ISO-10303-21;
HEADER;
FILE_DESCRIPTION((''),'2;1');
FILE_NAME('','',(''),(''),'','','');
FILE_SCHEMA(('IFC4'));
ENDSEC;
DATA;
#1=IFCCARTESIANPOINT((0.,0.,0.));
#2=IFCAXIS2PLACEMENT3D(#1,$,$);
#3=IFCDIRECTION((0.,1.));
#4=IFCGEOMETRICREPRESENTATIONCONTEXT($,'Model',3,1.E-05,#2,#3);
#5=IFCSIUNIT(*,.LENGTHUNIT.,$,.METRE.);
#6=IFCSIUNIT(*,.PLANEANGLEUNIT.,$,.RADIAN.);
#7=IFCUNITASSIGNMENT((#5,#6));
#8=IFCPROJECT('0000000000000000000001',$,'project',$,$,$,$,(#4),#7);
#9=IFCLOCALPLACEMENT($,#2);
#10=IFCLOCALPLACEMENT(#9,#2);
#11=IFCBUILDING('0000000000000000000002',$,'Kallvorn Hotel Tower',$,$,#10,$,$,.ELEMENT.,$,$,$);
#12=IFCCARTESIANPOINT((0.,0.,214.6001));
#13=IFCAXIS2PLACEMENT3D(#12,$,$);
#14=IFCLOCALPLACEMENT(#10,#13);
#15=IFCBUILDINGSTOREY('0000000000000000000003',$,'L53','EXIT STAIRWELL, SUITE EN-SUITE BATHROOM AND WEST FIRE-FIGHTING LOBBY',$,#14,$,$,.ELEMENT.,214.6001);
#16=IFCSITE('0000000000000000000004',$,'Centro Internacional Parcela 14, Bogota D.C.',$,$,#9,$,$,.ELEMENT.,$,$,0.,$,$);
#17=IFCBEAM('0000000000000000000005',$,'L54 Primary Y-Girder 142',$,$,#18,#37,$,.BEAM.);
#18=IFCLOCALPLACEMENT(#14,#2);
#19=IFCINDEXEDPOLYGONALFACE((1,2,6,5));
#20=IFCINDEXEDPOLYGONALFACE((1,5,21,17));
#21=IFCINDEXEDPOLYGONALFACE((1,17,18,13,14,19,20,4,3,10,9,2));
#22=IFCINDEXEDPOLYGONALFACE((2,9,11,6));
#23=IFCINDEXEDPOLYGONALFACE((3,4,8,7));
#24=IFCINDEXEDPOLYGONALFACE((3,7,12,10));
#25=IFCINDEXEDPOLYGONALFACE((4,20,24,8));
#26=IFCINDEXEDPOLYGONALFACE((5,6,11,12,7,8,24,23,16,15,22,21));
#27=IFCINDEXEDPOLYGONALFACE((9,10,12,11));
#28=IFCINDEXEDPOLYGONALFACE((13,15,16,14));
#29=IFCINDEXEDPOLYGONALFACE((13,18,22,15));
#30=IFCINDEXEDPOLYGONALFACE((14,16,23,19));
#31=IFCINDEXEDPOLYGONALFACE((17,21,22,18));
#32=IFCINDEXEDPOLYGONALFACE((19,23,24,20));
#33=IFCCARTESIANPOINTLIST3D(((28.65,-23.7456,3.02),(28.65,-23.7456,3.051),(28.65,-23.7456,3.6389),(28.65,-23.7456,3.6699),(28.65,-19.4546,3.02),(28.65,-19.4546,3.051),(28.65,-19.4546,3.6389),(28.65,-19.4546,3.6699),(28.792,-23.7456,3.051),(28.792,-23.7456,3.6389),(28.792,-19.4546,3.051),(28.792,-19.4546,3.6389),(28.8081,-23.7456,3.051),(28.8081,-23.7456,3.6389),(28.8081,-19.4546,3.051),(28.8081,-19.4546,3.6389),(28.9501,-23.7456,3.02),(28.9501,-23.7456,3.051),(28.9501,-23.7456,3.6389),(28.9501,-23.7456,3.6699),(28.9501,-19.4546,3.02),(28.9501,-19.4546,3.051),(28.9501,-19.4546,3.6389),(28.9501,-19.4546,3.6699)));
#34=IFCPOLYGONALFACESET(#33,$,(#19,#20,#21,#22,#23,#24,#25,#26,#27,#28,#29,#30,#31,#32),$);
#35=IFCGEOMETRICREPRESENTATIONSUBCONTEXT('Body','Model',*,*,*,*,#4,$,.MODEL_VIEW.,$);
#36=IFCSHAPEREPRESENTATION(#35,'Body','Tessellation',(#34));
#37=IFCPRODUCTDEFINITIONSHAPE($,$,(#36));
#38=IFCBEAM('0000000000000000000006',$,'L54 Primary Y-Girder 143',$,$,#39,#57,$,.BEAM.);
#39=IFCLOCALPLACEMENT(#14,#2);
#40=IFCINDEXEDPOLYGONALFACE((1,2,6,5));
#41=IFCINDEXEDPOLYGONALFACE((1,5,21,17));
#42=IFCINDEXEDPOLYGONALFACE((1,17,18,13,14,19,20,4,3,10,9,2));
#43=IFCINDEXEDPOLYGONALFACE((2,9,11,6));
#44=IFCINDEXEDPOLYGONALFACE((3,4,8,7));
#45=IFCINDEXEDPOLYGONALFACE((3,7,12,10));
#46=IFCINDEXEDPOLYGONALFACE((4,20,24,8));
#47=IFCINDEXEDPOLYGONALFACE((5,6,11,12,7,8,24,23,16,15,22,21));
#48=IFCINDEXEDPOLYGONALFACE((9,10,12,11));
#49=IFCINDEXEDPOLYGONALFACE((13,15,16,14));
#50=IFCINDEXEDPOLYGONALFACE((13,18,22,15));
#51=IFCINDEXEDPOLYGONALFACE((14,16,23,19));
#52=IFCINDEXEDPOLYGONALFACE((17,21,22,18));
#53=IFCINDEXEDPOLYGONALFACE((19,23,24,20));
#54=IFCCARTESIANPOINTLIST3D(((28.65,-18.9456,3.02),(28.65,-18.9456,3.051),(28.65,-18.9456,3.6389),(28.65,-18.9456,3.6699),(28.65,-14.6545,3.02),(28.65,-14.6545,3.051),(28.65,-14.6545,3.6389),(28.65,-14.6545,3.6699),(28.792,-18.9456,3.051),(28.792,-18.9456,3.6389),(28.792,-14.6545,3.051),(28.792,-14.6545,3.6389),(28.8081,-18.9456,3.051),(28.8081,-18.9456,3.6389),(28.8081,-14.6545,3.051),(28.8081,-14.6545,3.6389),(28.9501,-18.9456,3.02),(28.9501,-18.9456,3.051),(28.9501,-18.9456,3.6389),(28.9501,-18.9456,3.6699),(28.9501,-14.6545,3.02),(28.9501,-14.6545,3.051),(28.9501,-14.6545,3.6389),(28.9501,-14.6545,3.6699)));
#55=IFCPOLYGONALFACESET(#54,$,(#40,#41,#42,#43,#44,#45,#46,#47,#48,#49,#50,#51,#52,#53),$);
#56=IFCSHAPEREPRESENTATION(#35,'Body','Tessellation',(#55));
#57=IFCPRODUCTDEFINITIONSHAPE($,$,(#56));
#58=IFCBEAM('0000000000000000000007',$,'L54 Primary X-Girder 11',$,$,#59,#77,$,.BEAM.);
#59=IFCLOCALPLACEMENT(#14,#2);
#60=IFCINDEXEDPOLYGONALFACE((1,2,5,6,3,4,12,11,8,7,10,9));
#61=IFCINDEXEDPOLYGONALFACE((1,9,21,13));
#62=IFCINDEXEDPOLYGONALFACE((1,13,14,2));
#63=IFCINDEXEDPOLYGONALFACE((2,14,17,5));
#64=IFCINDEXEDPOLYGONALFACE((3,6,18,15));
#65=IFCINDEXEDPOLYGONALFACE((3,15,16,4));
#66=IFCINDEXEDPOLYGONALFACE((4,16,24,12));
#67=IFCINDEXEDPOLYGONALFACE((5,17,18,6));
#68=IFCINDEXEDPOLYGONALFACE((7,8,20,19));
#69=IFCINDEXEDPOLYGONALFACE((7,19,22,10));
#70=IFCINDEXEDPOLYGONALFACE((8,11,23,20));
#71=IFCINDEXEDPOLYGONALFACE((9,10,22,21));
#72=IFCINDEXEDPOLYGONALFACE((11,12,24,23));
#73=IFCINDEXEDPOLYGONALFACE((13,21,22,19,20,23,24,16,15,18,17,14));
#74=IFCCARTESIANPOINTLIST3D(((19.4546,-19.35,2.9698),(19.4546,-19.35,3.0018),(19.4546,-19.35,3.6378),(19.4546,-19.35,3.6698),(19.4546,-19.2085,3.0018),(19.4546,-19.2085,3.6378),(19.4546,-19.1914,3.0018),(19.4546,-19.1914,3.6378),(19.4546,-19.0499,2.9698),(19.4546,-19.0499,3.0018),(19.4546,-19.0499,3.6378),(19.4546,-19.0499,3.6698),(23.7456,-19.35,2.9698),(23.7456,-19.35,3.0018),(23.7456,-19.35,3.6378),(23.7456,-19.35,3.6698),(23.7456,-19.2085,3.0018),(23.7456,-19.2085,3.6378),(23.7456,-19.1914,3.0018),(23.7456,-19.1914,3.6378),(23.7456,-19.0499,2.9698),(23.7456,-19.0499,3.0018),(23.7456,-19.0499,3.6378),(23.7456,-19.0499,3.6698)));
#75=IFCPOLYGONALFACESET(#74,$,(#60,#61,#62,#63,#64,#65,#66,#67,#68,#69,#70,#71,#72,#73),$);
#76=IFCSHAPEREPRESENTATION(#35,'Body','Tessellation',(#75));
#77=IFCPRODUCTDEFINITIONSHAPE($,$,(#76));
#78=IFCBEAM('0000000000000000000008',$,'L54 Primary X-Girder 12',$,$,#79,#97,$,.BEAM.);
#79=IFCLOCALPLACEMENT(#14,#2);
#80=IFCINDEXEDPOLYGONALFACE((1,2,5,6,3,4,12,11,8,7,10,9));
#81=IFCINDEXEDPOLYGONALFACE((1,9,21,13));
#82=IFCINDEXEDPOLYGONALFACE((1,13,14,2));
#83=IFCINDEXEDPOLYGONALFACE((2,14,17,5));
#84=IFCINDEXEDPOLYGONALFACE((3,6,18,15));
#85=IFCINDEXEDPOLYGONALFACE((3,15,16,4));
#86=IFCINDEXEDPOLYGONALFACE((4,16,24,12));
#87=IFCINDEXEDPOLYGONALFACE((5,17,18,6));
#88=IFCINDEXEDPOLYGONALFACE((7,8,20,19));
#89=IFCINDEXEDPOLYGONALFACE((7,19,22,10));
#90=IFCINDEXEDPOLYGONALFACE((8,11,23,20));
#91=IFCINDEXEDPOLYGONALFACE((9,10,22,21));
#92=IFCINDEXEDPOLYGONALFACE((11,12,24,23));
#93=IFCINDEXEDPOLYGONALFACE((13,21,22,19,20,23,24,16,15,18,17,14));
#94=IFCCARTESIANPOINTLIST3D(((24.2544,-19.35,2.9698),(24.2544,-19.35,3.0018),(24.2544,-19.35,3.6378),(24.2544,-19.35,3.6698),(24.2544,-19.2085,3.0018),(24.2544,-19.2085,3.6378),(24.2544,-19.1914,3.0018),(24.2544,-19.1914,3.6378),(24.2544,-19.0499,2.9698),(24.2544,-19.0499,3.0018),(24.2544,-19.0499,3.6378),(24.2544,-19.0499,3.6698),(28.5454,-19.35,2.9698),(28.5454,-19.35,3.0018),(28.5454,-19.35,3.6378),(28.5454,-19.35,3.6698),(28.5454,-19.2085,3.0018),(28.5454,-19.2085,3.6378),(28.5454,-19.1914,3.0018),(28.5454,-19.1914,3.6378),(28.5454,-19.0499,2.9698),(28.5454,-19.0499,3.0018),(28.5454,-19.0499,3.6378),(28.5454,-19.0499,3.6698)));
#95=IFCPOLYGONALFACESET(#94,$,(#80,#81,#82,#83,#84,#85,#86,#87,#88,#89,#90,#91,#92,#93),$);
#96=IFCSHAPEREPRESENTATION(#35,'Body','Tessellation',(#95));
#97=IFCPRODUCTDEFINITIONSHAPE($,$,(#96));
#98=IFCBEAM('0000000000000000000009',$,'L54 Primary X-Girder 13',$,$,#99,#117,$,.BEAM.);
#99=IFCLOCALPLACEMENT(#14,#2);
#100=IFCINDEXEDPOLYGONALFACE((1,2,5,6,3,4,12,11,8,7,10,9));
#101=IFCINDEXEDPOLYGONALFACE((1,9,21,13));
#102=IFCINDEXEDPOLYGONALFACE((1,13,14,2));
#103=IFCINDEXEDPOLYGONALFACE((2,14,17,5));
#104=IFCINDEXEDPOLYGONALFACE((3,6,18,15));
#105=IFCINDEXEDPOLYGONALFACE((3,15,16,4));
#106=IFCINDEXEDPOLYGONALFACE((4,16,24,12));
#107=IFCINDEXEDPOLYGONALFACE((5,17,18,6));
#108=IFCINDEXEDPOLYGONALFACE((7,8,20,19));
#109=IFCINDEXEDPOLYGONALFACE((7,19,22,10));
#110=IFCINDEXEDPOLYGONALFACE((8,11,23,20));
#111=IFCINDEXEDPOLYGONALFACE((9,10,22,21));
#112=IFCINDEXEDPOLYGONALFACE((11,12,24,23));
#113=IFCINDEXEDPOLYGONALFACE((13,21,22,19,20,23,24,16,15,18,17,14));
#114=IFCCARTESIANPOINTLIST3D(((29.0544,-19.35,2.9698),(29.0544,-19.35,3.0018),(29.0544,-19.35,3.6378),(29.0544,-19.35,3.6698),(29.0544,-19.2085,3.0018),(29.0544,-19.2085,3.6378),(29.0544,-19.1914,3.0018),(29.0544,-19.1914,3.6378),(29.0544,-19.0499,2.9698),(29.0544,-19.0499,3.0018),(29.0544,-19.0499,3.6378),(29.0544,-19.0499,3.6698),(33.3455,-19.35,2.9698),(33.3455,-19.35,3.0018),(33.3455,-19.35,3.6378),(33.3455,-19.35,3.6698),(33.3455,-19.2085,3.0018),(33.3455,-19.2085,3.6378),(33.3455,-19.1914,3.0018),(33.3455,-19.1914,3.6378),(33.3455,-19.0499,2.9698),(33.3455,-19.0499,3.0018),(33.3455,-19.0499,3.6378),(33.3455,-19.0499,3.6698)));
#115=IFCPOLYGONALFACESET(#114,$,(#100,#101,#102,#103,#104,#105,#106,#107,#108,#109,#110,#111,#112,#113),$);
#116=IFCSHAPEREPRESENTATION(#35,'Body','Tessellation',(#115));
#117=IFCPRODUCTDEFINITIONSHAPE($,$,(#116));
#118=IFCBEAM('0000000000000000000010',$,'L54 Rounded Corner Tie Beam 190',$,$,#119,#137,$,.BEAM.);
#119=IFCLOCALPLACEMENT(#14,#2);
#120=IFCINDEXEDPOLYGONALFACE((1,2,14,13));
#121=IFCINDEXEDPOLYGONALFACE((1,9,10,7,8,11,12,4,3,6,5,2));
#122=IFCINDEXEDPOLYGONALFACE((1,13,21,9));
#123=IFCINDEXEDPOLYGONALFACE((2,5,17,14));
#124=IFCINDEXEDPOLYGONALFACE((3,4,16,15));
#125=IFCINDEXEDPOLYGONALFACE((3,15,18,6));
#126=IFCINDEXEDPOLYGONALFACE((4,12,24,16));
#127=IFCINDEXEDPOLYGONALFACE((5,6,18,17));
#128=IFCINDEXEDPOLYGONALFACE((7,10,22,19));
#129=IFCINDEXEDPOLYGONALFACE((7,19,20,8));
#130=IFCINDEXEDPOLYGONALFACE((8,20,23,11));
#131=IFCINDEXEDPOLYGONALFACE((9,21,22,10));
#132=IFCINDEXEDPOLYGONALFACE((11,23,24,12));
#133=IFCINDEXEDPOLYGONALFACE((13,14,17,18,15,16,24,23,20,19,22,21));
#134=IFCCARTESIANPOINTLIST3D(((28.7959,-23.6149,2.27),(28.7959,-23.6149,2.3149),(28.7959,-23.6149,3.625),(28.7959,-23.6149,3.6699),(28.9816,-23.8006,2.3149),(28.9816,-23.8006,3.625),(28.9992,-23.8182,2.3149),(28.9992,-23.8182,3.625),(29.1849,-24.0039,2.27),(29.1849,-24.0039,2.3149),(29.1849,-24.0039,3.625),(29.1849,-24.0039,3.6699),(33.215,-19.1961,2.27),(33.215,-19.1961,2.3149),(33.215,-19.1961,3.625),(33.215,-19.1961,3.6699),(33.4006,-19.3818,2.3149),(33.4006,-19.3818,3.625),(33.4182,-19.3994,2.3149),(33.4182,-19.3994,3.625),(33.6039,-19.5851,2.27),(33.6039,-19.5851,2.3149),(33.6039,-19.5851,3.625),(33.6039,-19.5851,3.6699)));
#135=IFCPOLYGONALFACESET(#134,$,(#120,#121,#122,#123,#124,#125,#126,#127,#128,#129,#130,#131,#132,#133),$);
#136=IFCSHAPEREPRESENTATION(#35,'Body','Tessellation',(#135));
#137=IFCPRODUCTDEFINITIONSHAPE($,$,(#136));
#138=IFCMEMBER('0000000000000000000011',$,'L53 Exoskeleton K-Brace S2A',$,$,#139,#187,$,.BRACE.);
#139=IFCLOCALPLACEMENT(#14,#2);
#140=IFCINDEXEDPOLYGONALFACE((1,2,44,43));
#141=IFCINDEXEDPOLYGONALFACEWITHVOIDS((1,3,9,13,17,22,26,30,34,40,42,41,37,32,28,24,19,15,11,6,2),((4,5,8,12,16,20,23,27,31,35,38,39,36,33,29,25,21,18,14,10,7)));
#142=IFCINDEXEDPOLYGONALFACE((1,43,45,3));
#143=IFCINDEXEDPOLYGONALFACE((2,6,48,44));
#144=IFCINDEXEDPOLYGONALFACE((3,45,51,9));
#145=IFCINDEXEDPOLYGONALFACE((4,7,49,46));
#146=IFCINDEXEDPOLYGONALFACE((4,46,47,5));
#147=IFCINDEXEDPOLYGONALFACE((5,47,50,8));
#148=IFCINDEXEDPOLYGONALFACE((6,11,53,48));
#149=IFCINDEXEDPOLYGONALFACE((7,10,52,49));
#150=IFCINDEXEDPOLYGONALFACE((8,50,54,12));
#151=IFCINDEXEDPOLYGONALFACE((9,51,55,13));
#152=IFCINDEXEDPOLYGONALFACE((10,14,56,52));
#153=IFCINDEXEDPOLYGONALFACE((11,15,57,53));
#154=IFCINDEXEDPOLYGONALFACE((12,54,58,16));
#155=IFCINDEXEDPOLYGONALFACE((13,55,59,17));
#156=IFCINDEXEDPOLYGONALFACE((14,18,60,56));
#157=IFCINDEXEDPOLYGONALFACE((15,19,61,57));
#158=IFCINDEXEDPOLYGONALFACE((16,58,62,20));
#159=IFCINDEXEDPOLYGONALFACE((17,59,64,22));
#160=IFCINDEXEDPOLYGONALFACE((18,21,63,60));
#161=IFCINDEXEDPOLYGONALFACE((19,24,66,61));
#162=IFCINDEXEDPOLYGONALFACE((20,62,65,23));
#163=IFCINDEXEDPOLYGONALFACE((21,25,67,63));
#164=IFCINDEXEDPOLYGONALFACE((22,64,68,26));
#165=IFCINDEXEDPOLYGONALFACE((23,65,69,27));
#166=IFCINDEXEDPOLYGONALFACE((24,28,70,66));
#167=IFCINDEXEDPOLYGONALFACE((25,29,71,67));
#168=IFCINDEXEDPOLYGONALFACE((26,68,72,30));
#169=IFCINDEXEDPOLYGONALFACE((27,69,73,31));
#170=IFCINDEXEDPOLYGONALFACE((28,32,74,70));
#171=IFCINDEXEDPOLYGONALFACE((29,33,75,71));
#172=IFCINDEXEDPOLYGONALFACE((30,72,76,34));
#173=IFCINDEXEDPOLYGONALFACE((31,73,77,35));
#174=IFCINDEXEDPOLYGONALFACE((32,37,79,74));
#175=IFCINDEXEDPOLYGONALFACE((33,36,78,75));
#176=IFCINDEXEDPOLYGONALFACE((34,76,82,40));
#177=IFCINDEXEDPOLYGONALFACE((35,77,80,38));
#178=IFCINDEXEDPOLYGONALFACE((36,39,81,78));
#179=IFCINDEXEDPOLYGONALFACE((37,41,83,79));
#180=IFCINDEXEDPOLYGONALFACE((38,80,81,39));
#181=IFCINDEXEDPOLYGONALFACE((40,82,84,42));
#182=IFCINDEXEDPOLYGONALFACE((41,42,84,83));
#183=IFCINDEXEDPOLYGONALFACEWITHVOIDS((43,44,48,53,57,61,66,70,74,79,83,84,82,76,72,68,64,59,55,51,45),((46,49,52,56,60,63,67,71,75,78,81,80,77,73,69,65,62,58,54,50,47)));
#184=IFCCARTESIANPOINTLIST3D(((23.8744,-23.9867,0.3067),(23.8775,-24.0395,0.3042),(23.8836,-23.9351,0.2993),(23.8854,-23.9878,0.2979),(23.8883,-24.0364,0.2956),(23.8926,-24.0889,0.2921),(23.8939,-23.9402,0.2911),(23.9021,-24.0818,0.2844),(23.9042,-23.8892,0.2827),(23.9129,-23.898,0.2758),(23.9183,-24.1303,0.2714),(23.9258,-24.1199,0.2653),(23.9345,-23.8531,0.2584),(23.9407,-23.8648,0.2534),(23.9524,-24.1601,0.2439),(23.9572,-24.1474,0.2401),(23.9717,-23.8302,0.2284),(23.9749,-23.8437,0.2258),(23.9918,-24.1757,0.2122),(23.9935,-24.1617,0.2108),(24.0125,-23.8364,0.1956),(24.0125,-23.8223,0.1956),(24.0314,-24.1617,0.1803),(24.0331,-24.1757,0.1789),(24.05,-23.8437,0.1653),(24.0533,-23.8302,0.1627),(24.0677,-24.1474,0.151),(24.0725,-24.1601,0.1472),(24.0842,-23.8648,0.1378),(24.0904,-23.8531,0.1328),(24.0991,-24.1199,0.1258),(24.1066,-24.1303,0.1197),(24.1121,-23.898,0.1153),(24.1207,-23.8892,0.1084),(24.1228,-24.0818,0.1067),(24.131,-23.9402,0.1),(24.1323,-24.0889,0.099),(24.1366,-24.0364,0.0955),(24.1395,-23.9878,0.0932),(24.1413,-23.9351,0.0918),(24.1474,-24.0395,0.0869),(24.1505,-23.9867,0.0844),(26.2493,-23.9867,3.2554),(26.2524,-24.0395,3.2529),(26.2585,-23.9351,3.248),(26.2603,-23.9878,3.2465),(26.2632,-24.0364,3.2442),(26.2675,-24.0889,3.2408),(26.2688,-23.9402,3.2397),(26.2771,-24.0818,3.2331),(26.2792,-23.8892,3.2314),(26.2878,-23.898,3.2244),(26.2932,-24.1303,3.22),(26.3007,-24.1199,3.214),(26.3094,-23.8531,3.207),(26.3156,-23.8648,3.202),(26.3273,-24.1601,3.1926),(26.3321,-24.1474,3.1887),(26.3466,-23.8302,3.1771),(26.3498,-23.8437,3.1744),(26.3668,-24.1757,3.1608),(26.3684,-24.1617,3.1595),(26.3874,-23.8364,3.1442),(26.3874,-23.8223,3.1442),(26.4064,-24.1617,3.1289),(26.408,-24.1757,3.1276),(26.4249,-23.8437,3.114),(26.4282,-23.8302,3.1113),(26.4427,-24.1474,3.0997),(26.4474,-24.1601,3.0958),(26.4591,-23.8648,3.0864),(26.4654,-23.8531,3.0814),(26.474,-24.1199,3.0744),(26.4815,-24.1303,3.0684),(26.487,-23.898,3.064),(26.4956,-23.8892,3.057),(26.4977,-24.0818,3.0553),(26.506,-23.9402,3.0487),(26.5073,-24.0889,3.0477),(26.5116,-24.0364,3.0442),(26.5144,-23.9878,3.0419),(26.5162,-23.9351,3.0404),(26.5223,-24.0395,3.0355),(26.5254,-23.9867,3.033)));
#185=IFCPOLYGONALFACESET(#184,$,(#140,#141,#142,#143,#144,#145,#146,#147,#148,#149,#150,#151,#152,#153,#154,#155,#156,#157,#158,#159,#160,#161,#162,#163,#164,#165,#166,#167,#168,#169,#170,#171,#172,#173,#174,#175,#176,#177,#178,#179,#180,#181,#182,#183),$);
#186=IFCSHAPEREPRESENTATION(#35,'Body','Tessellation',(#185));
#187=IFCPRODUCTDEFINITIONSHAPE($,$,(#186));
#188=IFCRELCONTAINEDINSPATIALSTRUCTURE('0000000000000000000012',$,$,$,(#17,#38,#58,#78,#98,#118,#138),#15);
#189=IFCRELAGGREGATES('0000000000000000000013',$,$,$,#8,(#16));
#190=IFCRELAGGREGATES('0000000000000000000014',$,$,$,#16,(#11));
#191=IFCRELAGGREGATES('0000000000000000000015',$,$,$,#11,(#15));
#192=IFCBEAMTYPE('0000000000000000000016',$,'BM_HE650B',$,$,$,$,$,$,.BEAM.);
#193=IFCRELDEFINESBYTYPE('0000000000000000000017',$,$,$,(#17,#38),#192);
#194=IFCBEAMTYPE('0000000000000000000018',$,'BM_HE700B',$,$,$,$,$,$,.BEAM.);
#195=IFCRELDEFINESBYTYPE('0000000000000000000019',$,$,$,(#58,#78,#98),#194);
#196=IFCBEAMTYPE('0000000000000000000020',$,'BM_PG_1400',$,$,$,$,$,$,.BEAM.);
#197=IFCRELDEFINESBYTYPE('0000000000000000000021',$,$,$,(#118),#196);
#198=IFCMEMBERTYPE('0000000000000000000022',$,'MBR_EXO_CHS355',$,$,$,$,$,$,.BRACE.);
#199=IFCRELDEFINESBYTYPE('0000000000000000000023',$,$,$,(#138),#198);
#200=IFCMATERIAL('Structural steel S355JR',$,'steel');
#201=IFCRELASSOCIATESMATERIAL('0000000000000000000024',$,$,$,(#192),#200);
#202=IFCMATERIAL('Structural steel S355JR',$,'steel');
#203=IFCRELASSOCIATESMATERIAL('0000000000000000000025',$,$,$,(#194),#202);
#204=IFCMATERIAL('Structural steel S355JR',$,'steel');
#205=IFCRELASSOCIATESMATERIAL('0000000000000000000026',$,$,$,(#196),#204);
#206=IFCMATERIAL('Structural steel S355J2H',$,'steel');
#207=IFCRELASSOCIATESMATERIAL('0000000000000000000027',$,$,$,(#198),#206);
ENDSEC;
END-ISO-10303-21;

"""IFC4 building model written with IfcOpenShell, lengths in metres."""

from ifc_helpers import new_model, si_unit, direction, frame, origin, origin_2d, place, context, subcontext, project, spatial, hollow_circle, i_section, extrude, material, material_profile, profile_set, type_object, element, save


model = new_model("IFC4")

# Units and contexts
model_context = context("Model", 3, precision=1e-05, world=origin(), true_north=direction((0.0, 1.0)))
body_context = subcontext(model_context, "Body", "Model", "MODEL_VIEW")
ifc_project = project(units=[si_unit("LENGTHUNIT", "METRE"), si_unit("PLANEANGLEUNIT", "RADIAN")], contexts=[model_context])

# Site, building, storey
site_placement = place(None, origin())
site = spatial("IfcSite", under=ifc_project, at=site_placement, Name="Centro Internacional Parcela 14, Bogota D.C.", CompositionType="ELEMENT", RefElevation=0.0)
building_placement = place(site_placement, origin())
building = spatial("IfcBuilding", under=site, at=building_placement, Name="Kallvorn Hotel Tower", CompositionType="ELEMENT")
storey_placement = place(building_placement, frame((0.0, 0.0, 214.6001)))
storey = spatial("IfcBuildingStorey", under=building, at=storey_placement, Name="L53", Description="EXIT STAIRWELL, SUITE EN-SUITE BATHROOM AND WEST FIRE-FIGHTING LOBBY", CompositionType="ELEMENT", Elevation=214.6001)

# Beams
ifc_material_1 = material(Name="Structural steel S355JR", Category="steel")
ifc_material_profile_1 = material_profile(ifc_material_1, i_section(OverallWidth=0.3, OverallDepth=0.6499, WebThickness=0.0161, FlangeThickness=0.031, at=origin_2d()), Name="HE 650 B")
ifc_profile_set_1 = profile_set([ifc_material_profile_1], Name="Structural steel S355JR")
beam_type_1 = type_object("IfcBeamType", Name="BM_HE650B", PredefinedType="BEAM", material=ifc_profile_set_1)
for number, where, z_axis, x_axis, name in (
    (1, (28.8, -23.7456, 3.345), (0.0, 1.0, 0.0), (-1.0, 0.0, 0.0), "L54 Primary Y-Girder 142"),
    (2, (28.8, -18.9456, 3.345), (0.0, 1.0, 0.0), (-1.0, 0.0, 0.0), "L54 Primary Y-Girder 143"),
):
    element("IfcBeam", number, at=place(storey_placement, frame(where, z_axis=z_axis, x_axis=x_axis)), inside=storey, type_object=beam_type_1, Name=name, PredefinedType="BEAM", context=body_context, shape_type="SweptSolid", body=[
        extrude(i_section(OverallWidth=0.3, OverallDepth=0.6499, WebThickness=0.0161, FlangeThickness=0.031, at=origin_2d()), origin(), (0.0, 0.0, 1.0), 4.291),
    ])
ifc_material_2 = material(Name="Structural steel S355JR", Category="steel")
ifc_material_profile_2 = material_profile(ifc_material_2, i_section(OverallWidth=0.3, OverallDepth=0.7, WebThickness=0.0171, FlangeThickness=0.032, at=origin_2d()), Name="HE 700 B")
ifc_profile_set_2 = profile_set([ifc_material_profile_2], Name="Structural steel S355JR")
beam_type_2 = type_object("IfcBeamType", Name="BM_HE700B", PredefinedType="BEAM", material=ifc_profile_set_2)
for number, where, z_axis, x_axis, name in (
    (3, (19.4546, -19.2, 3.3198), (1.0, 0.0, 0.0), (0.0, 1.0, 0.0), "L54 Primary X-Girder 11"),
    (4, (24.2544, -19.2, 3.3198), (1.0, 0.0, 0.0), (0.0, 1.0, 0.0), "L54 Primary X-Girder 12"),
    (5, (29.0544, -19.2, 3.3198), (1.0, 0.0, 0.0), (0.0, 1.0, 0.0), "L54 Primary X-Girder 13"),
):
    element("IfcBeam", number, at=place(storey_placement, frame(where, z_axis=z_axis, x_axis=x_axis)), inside=storey, type_object=beam_type_2, Name=name, PredefinedType="BEAM", context=body_context, shape_type="SweptSolid", body=[
        extrude(i_section(OverallWidth=0.3, OverallDepth=0.7, WebThickness=0.0171, FlangeThickness=0.032, at=origin_2d()), origin(), (0.0, 0.0, 1.0), 4.291),
    ])
ifc_material_3 = material(Name="Structural steel S355JR", Category="steel")
ifc_material_profile_3 = material_profile(ifc_material_3, i_section(OverallWidth=0.55, OverallDepth=1.3999, WebThickness=0.0249, FlangeThickness=0.0449, at=origin_2d()), Name="PG 1400x550x25x45")
ifc_profile_set_3 = profile_set([ifc_material_profile_3], Name="Structural steel S355JR")
beam_type_3 = type_object("IfcBeamType", Name="BM_PG_1400", PredefinedType="BEAM", material=ifc_profile_set_3)
beam_1_placement = place(storey_placement, frame((33.4094, -19.3906, 2.97), z_axis=(-0.707126, -0.707087, 0.0), x_axis=(0.707087, -0.707126, 0.0)))
element("IfcBeam", 6, at=beam_1_placement, inside=storey, type_object=beam_type_3, Name="L54 Rounded Corner Tie Beam 190", PredefinedType="BEAM", context=body_context, shape_type="SweptSolid", body=[
    extrude(i_section(OverallWidth=0.55, OverallDepth=1.3999, WebThickness=0.0249, FlangeThickness=0.0449, at=origin_2d()), origin(), (0.0, 0.0, 1.0), 6.2493),
])

# Member
ifc_material_4 = material(Name="Structural steel S355J2H", Category="steel")
ifc_material_profile_4 = material_profile(ifc_material_4, hollow_circle(Radius=0.1777, WallThickness=0.0142, at=origin_2d()), Name="CHS 355.6x14.2")
ifc_profile_set_4 = profile_set([ifc_material_profile_4], Name="Structural steel S355J2H")
member_type = type_object("IfcMemberType", Name="MBR_EXO_CHS355", PredefinedType="BRACE", material=ifc_profile_set_4)
for number, where, z_axis, x_axis, name in (
    (7, (24.0125, -24.0, 0.1956), (0.627271, 0.0, 0.778801), (0.0, 1.0, 0.0), "L53 Exoskeleton K-Brace S2A"),
):
    element("IfcMember", number, at=place(storey_placement, frame(where, z_axis=z_axis, x_axis=x_axis)), inside=storey, type_object=member_type, Name=name, PredefinedType="BRACE", context=body_context, shape_type="SweptSolid", body=[
        extrude(hollow_circle(Radius=0.1777, WallThickness=0.0142, at=origin_2d()), origin(), (0.0, 0.0, 1.0), 3.7861),
    ])

save(model, "model.ifc")
